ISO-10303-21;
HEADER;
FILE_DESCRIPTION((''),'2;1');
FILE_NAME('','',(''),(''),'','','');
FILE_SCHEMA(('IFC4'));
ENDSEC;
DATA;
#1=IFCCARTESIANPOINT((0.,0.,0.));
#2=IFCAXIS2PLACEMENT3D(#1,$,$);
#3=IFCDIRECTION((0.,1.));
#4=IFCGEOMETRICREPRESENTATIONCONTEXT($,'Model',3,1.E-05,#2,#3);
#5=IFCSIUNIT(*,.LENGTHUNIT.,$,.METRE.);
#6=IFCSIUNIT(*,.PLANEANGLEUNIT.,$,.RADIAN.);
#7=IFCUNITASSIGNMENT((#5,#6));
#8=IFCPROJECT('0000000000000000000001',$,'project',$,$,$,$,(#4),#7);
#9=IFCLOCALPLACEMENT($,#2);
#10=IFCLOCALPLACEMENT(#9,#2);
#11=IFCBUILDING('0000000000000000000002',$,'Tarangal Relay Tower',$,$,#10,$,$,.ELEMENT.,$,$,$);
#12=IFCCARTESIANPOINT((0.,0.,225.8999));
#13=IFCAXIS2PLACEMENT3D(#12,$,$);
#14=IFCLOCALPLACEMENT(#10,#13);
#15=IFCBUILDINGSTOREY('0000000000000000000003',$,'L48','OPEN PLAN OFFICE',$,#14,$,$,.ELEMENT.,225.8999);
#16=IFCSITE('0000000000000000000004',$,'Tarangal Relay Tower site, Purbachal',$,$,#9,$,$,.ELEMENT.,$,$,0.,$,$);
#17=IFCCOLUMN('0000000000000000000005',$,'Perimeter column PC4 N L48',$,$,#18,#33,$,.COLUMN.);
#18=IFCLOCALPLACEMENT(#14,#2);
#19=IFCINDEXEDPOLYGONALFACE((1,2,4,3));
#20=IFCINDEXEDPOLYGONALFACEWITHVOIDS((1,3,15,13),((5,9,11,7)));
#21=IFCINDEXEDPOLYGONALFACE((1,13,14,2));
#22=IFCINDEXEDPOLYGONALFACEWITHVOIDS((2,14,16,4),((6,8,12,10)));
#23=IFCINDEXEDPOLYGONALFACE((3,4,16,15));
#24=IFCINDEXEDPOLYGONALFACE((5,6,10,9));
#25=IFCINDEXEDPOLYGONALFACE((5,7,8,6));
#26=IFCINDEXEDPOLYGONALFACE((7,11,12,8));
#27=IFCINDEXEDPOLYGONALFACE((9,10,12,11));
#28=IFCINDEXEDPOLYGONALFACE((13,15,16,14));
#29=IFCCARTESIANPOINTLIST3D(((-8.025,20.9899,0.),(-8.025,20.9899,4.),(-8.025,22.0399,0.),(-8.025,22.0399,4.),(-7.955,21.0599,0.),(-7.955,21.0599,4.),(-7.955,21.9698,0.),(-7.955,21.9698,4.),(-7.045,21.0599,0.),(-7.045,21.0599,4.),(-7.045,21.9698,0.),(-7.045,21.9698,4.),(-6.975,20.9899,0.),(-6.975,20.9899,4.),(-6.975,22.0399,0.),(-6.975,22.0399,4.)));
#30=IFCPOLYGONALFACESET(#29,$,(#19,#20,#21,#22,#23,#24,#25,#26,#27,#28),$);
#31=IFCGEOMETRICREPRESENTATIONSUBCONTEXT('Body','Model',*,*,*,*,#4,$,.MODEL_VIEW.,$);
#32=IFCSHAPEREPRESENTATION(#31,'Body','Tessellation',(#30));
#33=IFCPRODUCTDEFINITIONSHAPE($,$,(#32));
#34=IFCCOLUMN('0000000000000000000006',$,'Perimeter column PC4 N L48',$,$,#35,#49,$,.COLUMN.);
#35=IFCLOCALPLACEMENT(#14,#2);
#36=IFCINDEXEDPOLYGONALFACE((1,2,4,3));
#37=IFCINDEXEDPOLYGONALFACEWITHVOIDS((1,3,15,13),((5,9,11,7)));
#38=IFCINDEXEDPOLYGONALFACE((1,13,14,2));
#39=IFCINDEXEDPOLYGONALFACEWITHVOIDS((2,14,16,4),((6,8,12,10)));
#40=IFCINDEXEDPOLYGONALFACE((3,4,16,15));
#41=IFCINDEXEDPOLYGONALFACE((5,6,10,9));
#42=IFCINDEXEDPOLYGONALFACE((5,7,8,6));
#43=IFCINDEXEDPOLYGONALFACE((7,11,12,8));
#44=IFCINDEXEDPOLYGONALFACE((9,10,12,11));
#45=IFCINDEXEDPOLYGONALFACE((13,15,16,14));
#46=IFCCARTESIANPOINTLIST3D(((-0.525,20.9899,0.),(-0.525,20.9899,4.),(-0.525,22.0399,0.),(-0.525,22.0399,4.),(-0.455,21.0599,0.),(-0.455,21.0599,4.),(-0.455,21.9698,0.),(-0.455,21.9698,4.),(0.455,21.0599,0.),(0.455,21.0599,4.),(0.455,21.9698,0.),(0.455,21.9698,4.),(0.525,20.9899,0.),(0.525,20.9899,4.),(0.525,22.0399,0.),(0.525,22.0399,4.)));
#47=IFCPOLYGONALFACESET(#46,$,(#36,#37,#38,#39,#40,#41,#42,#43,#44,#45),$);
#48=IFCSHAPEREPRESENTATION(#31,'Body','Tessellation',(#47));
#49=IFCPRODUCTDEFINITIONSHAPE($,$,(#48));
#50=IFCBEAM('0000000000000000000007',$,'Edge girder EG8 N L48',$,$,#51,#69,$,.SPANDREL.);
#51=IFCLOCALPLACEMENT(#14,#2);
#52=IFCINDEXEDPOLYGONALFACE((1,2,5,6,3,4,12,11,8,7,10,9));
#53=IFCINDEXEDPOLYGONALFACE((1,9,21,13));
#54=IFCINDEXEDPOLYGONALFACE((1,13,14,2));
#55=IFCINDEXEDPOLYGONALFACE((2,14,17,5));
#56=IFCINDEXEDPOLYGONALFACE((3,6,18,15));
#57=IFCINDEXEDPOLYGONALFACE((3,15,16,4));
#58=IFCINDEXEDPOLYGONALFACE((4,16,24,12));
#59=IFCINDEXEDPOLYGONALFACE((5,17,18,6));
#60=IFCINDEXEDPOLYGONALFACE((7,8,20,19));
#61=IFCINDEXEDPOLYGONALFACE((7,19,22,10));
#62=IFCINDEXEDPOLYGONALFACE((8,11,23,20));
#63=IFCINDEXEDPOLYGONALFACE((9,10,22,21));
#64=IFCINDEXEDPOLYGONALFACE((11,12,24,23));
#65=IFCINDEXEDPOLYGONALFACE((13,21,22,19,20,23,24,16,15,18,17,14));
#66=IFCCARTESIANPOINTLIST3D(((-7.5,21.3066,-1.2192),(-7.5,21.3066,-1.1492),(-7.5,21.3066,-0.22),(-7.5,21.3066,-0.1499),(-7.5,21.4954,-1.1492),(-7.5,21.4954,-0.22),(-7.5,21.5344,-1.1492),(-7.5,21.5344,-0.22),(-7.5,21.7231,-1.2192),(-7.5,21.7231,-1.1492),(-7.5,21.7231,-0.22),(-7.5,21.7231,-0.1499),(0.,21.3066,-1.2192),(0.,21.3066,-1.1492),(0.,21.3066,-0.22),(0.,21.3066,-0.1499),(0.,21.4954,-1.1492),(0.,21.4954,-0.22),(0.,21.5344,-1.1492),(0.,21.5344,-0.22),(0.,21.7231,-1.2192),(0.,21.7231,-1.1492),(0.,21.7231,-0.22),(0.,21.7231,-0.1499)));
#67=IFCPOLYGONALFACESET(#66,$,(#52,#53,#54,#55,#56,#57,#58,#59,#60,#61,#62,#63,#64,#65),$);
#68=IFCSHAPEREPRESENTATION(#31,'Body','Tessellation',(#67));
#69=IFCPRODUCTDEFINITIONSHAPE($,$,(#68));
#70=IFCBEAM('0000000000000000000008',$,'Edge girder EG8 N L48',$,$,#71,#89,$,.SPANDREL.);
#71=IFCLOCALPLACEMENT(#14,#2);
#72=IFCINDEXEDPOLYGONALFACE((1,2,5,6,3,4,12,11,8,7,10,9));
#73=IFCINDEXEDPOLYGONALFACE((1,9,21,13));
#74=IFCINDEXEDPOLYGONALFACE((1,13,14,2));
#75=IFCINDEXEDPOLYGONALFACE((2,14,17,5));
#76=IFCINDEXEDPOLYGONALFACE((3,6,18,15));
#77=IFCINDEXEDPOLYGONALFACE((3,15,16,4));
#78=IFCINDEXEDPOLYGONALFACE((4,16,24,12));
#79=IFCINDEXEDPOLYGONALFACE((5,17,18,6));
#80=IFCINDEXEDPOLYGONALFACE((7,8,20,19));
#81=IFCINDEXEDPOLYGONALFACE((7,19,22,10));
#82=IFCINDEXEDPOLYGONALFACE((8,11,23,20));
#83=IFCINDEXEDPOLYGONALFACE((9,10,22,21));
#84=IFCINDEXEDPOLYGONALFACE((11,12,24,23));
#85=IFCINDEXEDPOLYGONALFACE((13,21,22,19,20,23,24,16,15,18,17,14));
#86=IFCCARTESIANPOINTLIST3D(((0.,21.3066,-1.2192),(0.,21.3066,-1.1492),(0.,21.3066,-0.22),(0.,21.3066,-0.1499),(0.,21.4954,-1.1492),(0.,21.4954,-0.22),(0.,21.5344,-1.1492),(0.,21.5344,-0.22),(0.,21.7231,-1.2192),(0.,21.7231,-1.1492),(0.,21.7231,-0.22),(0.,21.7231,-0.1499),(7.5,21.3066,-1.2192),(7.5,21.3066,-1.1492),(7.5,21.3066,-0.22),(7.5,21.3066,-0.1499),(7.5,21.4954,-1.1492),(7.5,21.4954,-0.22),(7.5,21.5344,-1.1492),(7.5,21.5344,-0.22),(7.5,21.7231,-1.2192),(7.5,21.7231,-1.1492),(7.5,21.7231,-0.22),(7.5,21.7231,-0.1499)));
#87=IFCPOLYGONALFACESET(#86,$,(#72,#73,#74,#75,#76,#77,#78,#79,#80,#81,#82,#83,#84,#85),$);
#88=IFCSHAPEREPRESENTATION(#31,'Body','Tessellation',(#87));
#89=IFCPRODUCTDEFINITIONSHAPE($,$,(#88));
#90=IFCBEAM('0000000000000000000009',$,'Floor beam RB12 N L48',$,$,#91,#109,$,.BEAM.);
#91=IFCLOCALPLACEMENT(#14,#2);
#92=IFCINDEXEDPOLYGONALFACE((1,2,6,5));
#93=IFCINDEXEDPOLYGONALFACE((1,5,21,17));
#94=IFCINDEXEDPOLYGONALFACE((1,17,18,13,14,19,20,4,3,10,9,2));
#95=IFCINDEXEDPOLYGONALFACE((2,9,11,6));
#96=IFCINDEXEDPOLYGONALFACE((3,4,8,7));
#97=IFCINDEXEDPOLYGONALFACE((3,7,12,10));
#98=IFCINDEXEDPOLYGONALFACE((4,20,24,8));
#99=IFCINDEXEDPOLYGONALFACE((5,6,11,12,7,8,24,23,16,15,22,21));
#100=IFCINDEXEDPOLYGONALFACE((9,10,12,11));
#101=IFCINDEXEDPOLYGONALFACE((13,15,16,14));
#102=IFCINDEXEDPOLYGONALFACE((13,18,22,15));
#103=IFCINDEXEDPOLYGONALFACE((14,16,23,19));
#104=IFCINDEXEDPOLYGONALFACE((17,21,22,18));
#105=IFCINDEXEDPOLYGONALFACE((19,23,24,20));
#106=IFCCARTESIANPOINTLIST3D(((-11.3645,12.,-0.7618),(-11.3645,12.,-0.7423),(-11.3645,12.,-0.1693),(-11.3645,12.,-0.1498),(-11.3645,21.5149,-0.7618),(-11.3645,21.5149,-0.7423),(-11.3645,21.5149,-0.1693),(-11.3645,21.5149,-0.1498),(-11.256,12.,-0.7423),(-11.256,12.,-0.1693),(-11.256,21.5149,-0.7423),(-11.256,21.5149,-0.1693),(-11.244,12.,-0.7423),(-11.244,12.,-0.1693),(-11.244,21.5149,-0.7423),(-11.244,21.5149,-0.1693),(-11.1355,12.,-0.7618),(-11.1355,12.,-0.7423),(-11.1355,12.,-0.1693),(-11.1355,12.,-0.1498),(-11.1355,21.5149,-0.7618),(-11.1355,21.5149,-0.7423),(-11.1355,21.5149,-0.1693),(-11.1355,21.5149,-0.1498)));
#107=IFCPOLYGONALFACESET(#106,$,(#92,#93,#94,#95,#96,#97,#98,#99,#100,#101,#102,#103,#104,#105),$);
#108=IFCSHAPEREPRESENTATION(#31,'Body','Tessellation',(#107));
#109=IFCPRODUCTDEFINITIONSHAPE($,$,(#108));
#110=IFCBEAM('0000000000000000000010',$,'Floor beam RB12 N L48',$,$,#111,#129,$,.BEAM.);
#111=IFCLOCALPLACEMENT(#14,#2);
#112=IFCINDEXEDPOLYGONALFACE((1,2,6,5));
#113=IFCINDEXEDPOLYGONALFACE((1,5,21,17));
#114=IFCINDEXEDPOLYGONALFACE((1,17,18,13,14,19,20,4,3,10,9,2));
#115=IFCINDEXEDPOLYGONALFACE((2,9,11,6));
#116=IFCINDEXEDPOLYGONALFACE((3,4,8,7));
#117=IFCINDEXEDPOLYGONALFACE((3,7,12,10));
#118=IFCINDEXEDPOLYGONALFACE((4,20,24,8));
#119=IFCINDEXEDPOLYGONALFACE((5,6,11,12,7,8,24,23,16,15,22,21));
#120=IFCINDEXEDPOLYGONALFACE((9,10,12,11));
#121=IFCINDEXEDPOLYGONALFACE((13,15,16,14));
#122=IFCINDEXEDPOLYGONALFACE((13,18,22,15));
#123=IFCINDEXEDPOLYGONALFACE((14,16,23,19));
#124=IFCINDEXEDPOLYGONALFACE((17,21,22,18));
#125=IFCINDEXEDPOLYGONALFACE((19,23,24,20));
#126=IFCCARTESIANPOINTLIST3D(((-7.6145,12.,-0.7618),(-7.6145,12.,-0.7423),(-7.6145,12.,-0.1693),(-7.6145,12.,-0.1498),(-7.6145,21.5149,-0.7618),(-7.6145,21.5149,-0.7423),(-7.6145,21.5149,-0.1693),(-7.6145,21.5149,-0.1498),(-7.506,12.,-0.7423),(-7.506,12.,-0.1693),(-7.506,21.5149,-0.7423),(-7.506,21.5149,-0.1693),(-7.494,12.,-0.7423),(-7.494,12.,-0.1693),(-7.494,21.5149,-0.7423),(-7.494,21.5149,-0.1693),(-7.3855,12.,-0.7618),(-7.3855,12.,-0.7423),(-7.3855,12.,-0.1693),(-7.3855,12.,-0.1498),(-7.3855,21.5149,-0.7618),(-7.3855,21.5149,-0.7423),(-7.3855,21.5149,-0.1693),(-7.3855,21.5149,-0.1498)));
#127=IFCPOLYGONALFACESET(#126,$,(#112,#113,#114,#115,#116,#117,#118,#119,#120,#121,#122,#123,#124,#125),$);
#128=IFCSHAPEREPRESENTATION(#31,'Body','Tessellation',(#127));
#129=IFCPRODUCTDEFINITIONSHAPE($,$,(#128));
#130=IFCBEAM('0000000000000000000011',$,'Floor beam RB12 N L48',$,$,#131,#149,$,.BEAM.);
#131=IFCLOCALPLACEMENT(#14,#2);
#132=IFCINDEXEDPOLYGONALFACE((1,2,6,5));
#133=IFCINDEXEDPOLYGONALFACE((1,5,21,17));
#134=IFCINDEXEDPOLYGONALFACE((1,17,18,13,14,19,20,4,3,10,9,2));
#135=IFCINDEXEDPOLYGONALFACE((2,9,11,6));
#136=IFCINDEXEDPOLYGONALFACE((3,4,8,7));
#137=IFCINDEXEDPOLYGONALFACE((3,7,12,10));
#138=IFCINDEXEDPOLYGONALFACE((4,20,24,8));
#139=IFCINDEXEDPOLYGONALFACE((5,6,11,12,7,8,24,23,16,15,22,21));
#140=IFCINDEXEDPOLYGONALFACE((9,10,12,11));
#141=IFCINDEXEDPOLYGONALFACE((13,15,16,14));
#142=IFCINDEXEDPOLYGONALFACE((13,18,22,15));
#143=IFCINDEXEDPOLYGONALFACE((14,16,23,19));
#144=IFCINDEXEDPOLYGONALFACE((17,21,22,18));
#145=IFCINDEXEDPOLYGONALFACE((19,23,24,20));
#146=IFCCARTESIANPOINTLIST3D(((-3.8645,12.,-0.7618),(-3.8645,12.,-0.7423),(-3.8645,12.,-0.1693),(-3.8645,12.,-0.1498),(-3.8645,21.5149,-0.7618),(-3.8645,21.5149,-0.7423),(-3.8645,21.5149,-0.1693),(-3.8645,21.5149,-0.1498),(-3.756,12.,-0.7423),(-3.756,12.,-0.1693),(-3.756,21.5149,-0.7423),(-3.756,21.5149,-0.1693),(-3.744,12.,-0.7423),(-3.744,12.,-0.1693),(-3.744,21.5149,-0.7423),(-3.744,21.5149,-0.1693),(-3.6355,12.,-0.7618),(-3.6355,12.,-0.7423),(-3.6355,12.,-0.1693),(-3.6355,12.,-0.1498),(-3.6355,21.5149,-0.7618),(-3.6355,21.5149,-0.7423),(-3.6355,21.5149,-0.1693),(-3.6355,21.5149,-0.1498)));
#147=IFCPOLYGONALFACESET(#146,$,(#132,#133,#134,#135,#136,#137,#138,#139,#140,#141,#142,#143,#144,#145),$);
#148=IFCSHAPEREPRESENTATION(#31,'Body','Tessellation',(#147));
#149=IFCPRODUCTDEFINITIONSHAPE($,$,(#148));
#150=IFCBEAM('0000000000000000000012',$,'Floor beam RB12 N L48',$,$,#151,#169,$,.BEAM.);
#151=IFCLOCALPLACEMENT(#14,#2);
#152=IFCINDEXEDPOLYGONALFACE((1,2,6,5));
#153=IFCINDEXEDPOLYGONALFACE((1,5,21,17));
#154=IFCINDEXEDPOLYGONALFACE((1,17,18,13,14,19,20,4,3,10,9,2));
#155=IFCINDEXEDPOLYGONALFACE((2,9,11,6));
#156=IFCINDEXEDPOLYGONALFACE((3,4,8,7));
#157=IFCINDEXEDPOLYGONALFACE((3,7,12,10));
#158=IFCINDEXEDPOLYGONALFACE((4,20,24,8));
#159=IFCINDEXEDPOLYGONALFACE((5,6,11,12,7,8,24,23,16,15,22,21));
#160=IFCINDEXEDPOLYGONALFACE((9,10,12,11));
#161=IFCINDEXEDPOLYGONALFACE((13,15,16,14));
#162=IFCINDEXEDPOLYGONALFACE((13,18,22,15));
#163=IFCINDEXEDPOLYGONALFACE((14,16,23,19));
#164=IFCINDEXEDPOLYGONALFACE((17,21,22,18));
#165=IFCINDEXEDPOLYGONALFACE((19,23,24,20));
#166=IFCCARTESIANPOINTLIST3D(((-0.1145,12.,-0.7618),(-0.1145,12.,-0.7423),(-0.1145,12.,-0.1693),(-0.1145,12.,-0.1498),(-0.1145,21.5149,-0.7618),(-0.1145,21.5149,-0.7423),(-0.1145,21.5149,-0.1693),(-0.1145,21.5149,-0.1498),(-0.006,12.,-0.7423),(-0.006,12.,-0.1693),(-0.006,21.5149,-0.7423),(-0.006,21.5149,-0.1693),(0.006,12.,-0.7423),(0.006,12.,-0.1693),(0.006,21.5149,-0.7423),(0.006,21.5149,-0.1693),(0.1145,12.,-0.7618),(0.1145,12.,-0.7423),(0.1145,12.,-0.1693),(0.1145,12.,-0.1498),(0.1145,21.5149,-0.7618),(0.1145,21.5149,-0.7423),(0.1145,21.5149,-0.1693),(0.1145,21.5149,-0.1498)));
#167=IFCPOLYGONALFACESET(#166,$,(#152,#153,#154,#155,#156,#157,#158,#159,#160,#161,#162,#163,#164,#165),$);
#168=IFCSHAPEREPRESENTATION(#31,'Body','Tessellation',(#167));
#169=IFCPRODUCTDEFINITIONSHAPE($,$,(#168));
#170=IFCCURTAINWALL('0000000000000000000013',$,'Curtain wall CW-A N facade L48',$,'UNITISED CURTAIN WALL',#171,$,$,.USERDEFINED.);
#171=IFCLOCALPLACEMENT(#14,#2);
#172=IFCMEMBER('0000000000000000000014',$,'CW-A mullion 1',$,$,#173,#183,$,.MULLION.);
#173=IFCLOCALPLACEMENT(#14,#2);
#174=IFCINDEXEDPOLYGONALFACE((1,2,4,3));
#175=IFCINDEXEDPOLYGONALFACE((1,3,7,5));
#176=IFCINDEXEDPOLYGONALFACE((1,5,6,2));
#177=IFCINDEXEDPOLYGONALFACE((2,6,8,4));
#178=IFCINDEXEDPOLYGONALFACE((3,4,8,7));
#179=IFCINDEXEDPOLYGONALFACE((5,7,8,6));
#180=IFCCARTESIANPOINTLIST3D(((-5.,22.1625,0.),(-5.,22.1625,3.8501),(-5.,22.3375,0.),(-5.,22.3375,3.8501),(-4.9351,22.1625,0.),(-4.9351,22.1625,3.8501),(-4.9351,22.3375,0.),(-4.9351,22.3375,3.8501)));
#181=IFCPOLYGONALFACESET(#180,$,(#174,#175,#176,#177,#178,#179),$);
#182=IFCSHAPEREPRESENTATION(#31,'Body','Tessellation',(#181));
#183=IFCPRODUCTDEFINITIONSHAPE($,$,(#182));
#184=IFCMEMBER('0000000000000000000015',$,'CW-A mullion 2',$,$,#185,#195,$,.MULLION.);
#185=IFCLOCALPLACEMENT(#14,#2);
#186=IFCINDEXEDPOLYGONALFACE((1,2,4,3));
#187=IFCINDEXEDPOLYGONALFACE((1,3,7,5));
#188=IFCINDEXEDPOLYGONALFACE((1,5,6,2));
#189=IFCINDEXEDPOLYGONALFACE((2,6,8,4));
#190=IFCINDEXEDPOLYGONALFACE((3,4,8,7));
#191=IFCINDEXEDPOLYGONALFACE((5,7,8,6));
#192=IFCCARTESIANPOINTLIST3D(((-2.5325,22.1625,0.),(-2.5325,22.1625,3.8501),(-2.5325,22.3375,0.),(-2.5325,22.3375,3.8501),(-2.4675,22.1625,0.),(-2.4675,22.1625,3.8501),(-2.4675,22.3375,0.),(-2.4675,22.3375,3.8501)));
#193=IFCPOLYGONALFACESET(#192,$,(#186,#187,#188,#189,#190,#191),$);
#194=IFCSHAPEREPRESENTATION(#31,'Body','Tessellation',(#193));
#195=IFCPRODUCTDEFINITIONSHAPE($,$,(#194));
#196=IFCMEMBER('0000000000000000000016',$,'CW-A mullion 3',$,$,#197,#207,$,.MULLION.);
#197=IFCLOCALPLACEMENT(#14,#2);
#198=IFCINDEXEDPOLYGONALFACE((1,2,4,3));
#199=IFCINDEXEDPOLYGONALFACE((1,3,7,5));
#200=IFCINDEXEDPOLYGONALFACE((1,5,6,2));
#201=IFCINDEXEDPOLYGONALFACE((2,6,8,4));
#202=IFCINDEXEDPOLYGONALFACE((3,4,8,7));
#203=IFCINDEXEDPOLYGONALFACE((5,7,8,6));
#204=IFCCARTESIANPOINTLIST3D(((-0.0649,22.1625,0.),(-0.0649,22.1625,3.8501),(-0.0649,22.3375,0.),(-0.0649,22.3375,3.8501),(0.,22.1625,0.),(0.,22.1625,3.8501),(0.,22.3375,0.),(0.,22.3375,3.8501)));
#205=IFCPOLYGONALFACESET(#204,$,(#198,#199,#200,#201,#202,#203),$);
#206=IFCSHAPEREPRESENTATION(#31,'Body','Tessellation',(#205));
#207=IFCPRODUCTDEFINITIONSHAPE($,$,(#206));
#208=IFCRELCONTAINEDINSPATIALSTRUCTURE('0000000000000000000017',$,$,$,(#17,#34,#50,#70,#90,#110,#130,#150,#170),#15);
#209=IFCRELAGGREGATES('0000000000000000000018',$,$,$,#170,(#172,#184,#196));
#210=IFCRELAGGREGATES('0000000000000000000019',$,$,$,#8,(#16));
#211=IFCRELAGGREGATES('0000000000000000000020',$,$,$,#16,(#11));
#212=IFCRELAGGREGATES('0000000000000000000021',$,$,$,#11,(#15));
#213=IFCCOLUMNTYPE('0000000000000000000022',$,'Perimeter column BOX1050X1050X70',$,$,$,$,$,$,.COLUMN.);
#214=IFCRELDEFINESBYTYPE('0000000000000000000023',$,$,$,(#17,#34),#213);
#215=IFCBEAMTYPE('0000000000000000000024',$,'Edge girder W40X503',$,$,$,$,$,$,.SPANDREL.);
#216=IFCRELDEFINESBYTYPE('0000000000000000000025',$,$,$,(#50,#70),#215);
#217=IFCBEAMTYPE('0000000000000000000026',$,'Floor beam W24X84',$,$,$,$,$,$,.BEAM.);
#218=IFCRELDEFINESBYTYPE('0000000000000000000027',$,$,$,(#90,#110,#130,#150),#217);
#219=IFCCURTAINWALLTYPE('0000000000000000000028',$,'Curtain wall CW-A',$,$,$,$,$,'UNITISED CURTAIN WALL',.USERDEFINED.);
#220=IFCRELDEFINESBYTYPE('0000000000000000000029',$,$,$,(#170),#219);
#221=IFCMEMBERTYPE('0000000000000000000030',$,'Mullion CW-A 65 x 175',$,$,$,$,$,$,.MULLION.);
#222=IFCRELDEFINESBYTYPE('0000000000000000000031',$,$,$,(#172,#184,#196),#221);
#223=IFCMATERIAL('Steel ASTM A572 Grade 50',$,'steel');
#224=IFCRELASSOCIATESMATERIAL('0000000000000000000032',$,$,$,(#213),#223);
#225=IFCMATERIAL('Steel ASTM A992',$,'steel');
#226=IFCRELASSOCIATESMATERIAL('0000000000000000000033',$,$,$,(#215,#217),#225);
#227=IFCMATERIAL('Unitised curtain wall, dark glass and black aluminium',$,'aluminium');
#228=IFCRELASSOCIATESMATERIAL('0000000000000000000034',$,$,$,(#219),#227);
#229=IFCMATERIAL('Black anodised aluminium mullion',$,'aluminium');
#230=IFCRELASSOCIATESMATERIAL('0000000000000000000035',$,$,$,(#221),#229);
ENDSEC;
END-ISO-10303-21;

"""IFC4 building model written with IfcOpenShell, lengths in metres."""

from ifc_helpers import new_model, si_unit, direction, frame, origin, origin_2d, place, context, subcontext, project, spatial, rectangle, hollow_rectangle, i_section, extrude, material, material_profile, profile_set, type_object, element, aggregate, save


model = new_model("IFC4")

# Units and contexts
model_context = context("Model", 3, precision=1e-05, world=origin(), true_north=direction((0.0, 1.0)))
body_context = subcontext(model_context, "Body", "Model", "MODEL_VIEW")
ifc_project = project(units=[si_unit("LENGTHUNIT", "METRE"), si_unit("PLANEANGLEUNIT", "RADIAN")], contexts=[model_context])

# Site, building, storey
site_placement = place(None, origin())
site = spatial("IfcSite", under=ifc_project, at=site_placement, Name="Tarangal Relay Tower site, Purbachal", CompositionType="ELEMENT", RefElevation=0.0)
building_placement = place(site_placement, origin())
building = spatial("IfcBuilding", under=site, at=building_placement, Name="Tarangal Relay Tower", CompositionType="ELEMENT")
storey_placement = place(building_placement, frame((0.0, 0.0, 225.8999)))
storey = spatial("IfcBuildingStorey", under=building, at=storey_placement, Name="L48", Description="OPEN PLAN OFFICE", CompositionType="ELEMENT", Elevation=225.8999)

# Columns
ifc_material_1 = material(Name="Steel ASTM A572 Grade 50", Category="steel")
ifc_material_profile_1 = material_profile(ifc_material_1, hollow_rectangle(XDim=1.05, YDim=1.05, WallThickness=0.0701, at=origin_2d()), Name="BOX1050X1050X70")
ifc_profile_set_1 = profile_set([ifc_material_profile_1], Name="Steel ASTM A572 Grade 50")
column_type = type_object("IfcColumnType", Name="Perimeter column BOX1050X1050X70", PredefinedType="COLUMN", material=ifc_profile_set_1)
for number, where, z_axis, x_axis, name in (
    (1, (-7.5, 21.5149, 0.0), (0.0, 0.0, 1.0), (1.0, 0.0, 0.0), "Perimeter column PC4 N L48"),
    (2, (0.0, 21.5149, 0.0), (0.0, 0.0, 1.0), (1.0, 0.0, 0.0), "Perimeter column PC4 N L48"),
):
    element("IfcColumn", number, at=place(storey_placement, frame(where, z_axis=z_axis, x_axis=x_axis)), inside=storey, type_object=column_type, Name=name, PredefinedType="COLUMN", context=body_context, shape_type="SweptSolid", body=[
        extrude(hollow_rectangle(XDim=1.05, YDim=1.05, WallThickness=0.0701, at=origin_2d()), origin(), (0.0, 0.0, 1.0), 4.0),
    ])

# Beams
ifc_material_2 = material(Name="Steel ASTM A992", Category="steel")
ifc_material_profile_2 = material_profile(ifc_material_2, i_section(OverallWidth=0.4165, OverallDepth=1.0693, WebThickness=0.0391, FlangeThickness=0.0701, at=origin_2d()), Name="W40X503")
ifc_profile_set_2 = profile_set([ifc_material_profile_2], Name="Steel ASTM A992")
beam_type_1 = type_object("IfcBeamType", Name="Edge girder W40X503", PredefinedType="SPANDREL", material=ifc_profile_set_2)
for number, where, z_axis, x_axis, name in (
    (3, (-7.5, 21.5149, -0.6846), (1.0, 0.0, 0.0), (0.0, 1.0, 0.0), "Edge girder EG8 N L48"),
    (4, (0.0, 21.5149, -0.6846), (1.0, 0.0, 0.0), (0.0, 1.0, 0.0), "Edge girder EG8 N L48"),
):
    element("IfcBeam", number, at=place(storey_placement, frame(where, z_axis=z_axis, x_axis=x_axis)), inside=storey, type_object=beam_type_1, Name=name, PredefinedType="SPANDREL", context=body_context, shape_type="SweptSolid", body=[
        extrude(i_section(OverallWidth=0.4165, OverallDepth=1.0693, WebThickness=0.0391, FlangeThickness=0.0701, at=origin_2d()), origin(), (0.0, 0.0, 1.0), 7.5),
    ])
ifc_material_profile_3 = material_profile(ifc_material_2, i_section(OverallWidth=0.229, OverallDepth=0.6121, WebThickness=0.012, FlangeThickness=0.0195, at=origin_2d()), Name="W24X84")
ifc_profile_set_3 = profile_set([ifc_material_profile_3], Name="Steel ASTM A992")
beam_type_2 = type_object("IfcBeamType", Name="Floor beam W24X84", PredefinedType="BEAM", material=ifc_profile_set_3)
for number, where, z_axis, x_axis, name in (
    (5, (-11.25, 12.0, -0.4558), (0.0, 1.0, 0.0), (-1.0, 0.0, 0.0), "Floor beam RB12 N L48"),
    (6, (-7.5, 12.0, -0.4558), (0.0, 1.0, 0.0), (-1.0, 0.0, 0.0), "Floor beam RB12 N L48"),
    (7, (-3.75, 12.0, -0.4558), (0.0, 1.0, 0.0), (-1.0, 0.0, 0.0), "Floor beam RB12 N L48"),
    (8, (0.0, 12.0, -0.4558), (0.0, 1.0, 0.0), (-1.0, 0.0, 0.0), "Floor beam RB12 N L48"),
):
    element("IfcBeam", number, at=place(storey_placement, frame(where, z_axis=z_axis, x_axis=x_axis)), inside=storey, type_object=beam_type_2, Name=name, PredefinedType="BEAM", context=body_context, shape_type="SweptSolid", body=[
        extrude(i_section(OverallWidth=0.229, OverallDepth=0.6121, WebThickness=0.012, FlangeThickness=0.0195, at=origin_2d()), origin(), (0.0, 0.0, 1.0), 9.5149),
    ])

# Curtain wall, members
ifc_material_3 = material(Name="Unitised curtain wall, dark glass and black aluminium", Category="aluminium")
curtain_wall_type_1 = type_object("IfcCurtainWallType", Name="Curtain wall CW-A", ElementType="UNITISED CURTAIN WALL", PredefinedType="USERDEFINED", material=ifc_material_3)
curtain_wall_1_placement = place(storey_placement, origin())
curtain_wall_1 = element("IfcCurtainWall", 9, at=curtain_wall_1_placement, inside=storey, type_object=curtain_wall_type_1, Name="Curtain wall CW-A N facade L48", ObjectType="UNITISED CURTAIN WALL", PredefinedType="USERDEFINED")
ifc_material_4 = material(Name="Black anodised aluminium mullion", Category="aluminium")
ifc_material_profile_4 = material_profile(ifc_material_4, rectangle(XDim=0.175, YDim=0.0649, at=origin_2d()), Name="CW-AM 65X175")
ifc_profile_set_4 = profile_set([ifc_material_profile_4], Name="Black anodised aluminium mullion")
member_type_1 = type_object("IfcMemberType", Name="Mullion CW-A 65 x 175", PredefinedType="MULLION", material=ifc_profile_set_4)
member_1_placement = place(storey_placement, frame((-4.9675, 22.25, 0.0), z_axis=(0.0, 0.0, 1.0), x_axis=(0.0, 1.0, 0.0)))
member_1 = element("IfcMember", 10, at=member_1_placement, type_object=member_type_1, Name="CW-A mullion 1", PredefinedType="MULLION", context=body_context, shape_type="SweptSolid", body=[
    extrude(rectangle(XDim=0.175, YDim=0.0649, at=origin_2d()), origin(), (0.0, 0.0, 1.0), 3.8501),
])
member_2_placement = place(storey_placement, frame((-2.5, 22.25, 0.0), z_axis=(0.0, 0.0, 1.0), x_axis=(0.0, 1.0, 0.0)))
member_2 = element("IfcMember", 11, at=member_2_placement, type_object=member_type_1, Name="CW-A mullion 2", PredefinedType="MULLION", context=body_context, shape_type="SweptSolid", body=[
    extrude(rectangle(XDim=0.175, YDim=0.0649, at=origin_2d()), origin(), (0.0, 0.0, 1.0), 3.8501),
])
member_3_placement = place(storey_placement, frame((-0.0325, 22.25, 0.0), z_axis=(0.0, 0.0, 1.0), x_axis=(0.0, 1.0, 0.0)))
member_3 = element("IfcMember", 12, at=member_3_placement, type_object=member_type_1, Name="CW-A mullion 3", PredefinedType="MULLION", context=body_context, shape_type="SweptSolid", body=[
    extrude(rectangle(XDim=0.175, YDim=0.0649, at=origin_2d()), origin(), (0.0, 0.0, 1.0), 3.8501),
])

aggregate(curtain_wall_1, [member_1, member_2, member_3])

save(model, "model.ifc")
